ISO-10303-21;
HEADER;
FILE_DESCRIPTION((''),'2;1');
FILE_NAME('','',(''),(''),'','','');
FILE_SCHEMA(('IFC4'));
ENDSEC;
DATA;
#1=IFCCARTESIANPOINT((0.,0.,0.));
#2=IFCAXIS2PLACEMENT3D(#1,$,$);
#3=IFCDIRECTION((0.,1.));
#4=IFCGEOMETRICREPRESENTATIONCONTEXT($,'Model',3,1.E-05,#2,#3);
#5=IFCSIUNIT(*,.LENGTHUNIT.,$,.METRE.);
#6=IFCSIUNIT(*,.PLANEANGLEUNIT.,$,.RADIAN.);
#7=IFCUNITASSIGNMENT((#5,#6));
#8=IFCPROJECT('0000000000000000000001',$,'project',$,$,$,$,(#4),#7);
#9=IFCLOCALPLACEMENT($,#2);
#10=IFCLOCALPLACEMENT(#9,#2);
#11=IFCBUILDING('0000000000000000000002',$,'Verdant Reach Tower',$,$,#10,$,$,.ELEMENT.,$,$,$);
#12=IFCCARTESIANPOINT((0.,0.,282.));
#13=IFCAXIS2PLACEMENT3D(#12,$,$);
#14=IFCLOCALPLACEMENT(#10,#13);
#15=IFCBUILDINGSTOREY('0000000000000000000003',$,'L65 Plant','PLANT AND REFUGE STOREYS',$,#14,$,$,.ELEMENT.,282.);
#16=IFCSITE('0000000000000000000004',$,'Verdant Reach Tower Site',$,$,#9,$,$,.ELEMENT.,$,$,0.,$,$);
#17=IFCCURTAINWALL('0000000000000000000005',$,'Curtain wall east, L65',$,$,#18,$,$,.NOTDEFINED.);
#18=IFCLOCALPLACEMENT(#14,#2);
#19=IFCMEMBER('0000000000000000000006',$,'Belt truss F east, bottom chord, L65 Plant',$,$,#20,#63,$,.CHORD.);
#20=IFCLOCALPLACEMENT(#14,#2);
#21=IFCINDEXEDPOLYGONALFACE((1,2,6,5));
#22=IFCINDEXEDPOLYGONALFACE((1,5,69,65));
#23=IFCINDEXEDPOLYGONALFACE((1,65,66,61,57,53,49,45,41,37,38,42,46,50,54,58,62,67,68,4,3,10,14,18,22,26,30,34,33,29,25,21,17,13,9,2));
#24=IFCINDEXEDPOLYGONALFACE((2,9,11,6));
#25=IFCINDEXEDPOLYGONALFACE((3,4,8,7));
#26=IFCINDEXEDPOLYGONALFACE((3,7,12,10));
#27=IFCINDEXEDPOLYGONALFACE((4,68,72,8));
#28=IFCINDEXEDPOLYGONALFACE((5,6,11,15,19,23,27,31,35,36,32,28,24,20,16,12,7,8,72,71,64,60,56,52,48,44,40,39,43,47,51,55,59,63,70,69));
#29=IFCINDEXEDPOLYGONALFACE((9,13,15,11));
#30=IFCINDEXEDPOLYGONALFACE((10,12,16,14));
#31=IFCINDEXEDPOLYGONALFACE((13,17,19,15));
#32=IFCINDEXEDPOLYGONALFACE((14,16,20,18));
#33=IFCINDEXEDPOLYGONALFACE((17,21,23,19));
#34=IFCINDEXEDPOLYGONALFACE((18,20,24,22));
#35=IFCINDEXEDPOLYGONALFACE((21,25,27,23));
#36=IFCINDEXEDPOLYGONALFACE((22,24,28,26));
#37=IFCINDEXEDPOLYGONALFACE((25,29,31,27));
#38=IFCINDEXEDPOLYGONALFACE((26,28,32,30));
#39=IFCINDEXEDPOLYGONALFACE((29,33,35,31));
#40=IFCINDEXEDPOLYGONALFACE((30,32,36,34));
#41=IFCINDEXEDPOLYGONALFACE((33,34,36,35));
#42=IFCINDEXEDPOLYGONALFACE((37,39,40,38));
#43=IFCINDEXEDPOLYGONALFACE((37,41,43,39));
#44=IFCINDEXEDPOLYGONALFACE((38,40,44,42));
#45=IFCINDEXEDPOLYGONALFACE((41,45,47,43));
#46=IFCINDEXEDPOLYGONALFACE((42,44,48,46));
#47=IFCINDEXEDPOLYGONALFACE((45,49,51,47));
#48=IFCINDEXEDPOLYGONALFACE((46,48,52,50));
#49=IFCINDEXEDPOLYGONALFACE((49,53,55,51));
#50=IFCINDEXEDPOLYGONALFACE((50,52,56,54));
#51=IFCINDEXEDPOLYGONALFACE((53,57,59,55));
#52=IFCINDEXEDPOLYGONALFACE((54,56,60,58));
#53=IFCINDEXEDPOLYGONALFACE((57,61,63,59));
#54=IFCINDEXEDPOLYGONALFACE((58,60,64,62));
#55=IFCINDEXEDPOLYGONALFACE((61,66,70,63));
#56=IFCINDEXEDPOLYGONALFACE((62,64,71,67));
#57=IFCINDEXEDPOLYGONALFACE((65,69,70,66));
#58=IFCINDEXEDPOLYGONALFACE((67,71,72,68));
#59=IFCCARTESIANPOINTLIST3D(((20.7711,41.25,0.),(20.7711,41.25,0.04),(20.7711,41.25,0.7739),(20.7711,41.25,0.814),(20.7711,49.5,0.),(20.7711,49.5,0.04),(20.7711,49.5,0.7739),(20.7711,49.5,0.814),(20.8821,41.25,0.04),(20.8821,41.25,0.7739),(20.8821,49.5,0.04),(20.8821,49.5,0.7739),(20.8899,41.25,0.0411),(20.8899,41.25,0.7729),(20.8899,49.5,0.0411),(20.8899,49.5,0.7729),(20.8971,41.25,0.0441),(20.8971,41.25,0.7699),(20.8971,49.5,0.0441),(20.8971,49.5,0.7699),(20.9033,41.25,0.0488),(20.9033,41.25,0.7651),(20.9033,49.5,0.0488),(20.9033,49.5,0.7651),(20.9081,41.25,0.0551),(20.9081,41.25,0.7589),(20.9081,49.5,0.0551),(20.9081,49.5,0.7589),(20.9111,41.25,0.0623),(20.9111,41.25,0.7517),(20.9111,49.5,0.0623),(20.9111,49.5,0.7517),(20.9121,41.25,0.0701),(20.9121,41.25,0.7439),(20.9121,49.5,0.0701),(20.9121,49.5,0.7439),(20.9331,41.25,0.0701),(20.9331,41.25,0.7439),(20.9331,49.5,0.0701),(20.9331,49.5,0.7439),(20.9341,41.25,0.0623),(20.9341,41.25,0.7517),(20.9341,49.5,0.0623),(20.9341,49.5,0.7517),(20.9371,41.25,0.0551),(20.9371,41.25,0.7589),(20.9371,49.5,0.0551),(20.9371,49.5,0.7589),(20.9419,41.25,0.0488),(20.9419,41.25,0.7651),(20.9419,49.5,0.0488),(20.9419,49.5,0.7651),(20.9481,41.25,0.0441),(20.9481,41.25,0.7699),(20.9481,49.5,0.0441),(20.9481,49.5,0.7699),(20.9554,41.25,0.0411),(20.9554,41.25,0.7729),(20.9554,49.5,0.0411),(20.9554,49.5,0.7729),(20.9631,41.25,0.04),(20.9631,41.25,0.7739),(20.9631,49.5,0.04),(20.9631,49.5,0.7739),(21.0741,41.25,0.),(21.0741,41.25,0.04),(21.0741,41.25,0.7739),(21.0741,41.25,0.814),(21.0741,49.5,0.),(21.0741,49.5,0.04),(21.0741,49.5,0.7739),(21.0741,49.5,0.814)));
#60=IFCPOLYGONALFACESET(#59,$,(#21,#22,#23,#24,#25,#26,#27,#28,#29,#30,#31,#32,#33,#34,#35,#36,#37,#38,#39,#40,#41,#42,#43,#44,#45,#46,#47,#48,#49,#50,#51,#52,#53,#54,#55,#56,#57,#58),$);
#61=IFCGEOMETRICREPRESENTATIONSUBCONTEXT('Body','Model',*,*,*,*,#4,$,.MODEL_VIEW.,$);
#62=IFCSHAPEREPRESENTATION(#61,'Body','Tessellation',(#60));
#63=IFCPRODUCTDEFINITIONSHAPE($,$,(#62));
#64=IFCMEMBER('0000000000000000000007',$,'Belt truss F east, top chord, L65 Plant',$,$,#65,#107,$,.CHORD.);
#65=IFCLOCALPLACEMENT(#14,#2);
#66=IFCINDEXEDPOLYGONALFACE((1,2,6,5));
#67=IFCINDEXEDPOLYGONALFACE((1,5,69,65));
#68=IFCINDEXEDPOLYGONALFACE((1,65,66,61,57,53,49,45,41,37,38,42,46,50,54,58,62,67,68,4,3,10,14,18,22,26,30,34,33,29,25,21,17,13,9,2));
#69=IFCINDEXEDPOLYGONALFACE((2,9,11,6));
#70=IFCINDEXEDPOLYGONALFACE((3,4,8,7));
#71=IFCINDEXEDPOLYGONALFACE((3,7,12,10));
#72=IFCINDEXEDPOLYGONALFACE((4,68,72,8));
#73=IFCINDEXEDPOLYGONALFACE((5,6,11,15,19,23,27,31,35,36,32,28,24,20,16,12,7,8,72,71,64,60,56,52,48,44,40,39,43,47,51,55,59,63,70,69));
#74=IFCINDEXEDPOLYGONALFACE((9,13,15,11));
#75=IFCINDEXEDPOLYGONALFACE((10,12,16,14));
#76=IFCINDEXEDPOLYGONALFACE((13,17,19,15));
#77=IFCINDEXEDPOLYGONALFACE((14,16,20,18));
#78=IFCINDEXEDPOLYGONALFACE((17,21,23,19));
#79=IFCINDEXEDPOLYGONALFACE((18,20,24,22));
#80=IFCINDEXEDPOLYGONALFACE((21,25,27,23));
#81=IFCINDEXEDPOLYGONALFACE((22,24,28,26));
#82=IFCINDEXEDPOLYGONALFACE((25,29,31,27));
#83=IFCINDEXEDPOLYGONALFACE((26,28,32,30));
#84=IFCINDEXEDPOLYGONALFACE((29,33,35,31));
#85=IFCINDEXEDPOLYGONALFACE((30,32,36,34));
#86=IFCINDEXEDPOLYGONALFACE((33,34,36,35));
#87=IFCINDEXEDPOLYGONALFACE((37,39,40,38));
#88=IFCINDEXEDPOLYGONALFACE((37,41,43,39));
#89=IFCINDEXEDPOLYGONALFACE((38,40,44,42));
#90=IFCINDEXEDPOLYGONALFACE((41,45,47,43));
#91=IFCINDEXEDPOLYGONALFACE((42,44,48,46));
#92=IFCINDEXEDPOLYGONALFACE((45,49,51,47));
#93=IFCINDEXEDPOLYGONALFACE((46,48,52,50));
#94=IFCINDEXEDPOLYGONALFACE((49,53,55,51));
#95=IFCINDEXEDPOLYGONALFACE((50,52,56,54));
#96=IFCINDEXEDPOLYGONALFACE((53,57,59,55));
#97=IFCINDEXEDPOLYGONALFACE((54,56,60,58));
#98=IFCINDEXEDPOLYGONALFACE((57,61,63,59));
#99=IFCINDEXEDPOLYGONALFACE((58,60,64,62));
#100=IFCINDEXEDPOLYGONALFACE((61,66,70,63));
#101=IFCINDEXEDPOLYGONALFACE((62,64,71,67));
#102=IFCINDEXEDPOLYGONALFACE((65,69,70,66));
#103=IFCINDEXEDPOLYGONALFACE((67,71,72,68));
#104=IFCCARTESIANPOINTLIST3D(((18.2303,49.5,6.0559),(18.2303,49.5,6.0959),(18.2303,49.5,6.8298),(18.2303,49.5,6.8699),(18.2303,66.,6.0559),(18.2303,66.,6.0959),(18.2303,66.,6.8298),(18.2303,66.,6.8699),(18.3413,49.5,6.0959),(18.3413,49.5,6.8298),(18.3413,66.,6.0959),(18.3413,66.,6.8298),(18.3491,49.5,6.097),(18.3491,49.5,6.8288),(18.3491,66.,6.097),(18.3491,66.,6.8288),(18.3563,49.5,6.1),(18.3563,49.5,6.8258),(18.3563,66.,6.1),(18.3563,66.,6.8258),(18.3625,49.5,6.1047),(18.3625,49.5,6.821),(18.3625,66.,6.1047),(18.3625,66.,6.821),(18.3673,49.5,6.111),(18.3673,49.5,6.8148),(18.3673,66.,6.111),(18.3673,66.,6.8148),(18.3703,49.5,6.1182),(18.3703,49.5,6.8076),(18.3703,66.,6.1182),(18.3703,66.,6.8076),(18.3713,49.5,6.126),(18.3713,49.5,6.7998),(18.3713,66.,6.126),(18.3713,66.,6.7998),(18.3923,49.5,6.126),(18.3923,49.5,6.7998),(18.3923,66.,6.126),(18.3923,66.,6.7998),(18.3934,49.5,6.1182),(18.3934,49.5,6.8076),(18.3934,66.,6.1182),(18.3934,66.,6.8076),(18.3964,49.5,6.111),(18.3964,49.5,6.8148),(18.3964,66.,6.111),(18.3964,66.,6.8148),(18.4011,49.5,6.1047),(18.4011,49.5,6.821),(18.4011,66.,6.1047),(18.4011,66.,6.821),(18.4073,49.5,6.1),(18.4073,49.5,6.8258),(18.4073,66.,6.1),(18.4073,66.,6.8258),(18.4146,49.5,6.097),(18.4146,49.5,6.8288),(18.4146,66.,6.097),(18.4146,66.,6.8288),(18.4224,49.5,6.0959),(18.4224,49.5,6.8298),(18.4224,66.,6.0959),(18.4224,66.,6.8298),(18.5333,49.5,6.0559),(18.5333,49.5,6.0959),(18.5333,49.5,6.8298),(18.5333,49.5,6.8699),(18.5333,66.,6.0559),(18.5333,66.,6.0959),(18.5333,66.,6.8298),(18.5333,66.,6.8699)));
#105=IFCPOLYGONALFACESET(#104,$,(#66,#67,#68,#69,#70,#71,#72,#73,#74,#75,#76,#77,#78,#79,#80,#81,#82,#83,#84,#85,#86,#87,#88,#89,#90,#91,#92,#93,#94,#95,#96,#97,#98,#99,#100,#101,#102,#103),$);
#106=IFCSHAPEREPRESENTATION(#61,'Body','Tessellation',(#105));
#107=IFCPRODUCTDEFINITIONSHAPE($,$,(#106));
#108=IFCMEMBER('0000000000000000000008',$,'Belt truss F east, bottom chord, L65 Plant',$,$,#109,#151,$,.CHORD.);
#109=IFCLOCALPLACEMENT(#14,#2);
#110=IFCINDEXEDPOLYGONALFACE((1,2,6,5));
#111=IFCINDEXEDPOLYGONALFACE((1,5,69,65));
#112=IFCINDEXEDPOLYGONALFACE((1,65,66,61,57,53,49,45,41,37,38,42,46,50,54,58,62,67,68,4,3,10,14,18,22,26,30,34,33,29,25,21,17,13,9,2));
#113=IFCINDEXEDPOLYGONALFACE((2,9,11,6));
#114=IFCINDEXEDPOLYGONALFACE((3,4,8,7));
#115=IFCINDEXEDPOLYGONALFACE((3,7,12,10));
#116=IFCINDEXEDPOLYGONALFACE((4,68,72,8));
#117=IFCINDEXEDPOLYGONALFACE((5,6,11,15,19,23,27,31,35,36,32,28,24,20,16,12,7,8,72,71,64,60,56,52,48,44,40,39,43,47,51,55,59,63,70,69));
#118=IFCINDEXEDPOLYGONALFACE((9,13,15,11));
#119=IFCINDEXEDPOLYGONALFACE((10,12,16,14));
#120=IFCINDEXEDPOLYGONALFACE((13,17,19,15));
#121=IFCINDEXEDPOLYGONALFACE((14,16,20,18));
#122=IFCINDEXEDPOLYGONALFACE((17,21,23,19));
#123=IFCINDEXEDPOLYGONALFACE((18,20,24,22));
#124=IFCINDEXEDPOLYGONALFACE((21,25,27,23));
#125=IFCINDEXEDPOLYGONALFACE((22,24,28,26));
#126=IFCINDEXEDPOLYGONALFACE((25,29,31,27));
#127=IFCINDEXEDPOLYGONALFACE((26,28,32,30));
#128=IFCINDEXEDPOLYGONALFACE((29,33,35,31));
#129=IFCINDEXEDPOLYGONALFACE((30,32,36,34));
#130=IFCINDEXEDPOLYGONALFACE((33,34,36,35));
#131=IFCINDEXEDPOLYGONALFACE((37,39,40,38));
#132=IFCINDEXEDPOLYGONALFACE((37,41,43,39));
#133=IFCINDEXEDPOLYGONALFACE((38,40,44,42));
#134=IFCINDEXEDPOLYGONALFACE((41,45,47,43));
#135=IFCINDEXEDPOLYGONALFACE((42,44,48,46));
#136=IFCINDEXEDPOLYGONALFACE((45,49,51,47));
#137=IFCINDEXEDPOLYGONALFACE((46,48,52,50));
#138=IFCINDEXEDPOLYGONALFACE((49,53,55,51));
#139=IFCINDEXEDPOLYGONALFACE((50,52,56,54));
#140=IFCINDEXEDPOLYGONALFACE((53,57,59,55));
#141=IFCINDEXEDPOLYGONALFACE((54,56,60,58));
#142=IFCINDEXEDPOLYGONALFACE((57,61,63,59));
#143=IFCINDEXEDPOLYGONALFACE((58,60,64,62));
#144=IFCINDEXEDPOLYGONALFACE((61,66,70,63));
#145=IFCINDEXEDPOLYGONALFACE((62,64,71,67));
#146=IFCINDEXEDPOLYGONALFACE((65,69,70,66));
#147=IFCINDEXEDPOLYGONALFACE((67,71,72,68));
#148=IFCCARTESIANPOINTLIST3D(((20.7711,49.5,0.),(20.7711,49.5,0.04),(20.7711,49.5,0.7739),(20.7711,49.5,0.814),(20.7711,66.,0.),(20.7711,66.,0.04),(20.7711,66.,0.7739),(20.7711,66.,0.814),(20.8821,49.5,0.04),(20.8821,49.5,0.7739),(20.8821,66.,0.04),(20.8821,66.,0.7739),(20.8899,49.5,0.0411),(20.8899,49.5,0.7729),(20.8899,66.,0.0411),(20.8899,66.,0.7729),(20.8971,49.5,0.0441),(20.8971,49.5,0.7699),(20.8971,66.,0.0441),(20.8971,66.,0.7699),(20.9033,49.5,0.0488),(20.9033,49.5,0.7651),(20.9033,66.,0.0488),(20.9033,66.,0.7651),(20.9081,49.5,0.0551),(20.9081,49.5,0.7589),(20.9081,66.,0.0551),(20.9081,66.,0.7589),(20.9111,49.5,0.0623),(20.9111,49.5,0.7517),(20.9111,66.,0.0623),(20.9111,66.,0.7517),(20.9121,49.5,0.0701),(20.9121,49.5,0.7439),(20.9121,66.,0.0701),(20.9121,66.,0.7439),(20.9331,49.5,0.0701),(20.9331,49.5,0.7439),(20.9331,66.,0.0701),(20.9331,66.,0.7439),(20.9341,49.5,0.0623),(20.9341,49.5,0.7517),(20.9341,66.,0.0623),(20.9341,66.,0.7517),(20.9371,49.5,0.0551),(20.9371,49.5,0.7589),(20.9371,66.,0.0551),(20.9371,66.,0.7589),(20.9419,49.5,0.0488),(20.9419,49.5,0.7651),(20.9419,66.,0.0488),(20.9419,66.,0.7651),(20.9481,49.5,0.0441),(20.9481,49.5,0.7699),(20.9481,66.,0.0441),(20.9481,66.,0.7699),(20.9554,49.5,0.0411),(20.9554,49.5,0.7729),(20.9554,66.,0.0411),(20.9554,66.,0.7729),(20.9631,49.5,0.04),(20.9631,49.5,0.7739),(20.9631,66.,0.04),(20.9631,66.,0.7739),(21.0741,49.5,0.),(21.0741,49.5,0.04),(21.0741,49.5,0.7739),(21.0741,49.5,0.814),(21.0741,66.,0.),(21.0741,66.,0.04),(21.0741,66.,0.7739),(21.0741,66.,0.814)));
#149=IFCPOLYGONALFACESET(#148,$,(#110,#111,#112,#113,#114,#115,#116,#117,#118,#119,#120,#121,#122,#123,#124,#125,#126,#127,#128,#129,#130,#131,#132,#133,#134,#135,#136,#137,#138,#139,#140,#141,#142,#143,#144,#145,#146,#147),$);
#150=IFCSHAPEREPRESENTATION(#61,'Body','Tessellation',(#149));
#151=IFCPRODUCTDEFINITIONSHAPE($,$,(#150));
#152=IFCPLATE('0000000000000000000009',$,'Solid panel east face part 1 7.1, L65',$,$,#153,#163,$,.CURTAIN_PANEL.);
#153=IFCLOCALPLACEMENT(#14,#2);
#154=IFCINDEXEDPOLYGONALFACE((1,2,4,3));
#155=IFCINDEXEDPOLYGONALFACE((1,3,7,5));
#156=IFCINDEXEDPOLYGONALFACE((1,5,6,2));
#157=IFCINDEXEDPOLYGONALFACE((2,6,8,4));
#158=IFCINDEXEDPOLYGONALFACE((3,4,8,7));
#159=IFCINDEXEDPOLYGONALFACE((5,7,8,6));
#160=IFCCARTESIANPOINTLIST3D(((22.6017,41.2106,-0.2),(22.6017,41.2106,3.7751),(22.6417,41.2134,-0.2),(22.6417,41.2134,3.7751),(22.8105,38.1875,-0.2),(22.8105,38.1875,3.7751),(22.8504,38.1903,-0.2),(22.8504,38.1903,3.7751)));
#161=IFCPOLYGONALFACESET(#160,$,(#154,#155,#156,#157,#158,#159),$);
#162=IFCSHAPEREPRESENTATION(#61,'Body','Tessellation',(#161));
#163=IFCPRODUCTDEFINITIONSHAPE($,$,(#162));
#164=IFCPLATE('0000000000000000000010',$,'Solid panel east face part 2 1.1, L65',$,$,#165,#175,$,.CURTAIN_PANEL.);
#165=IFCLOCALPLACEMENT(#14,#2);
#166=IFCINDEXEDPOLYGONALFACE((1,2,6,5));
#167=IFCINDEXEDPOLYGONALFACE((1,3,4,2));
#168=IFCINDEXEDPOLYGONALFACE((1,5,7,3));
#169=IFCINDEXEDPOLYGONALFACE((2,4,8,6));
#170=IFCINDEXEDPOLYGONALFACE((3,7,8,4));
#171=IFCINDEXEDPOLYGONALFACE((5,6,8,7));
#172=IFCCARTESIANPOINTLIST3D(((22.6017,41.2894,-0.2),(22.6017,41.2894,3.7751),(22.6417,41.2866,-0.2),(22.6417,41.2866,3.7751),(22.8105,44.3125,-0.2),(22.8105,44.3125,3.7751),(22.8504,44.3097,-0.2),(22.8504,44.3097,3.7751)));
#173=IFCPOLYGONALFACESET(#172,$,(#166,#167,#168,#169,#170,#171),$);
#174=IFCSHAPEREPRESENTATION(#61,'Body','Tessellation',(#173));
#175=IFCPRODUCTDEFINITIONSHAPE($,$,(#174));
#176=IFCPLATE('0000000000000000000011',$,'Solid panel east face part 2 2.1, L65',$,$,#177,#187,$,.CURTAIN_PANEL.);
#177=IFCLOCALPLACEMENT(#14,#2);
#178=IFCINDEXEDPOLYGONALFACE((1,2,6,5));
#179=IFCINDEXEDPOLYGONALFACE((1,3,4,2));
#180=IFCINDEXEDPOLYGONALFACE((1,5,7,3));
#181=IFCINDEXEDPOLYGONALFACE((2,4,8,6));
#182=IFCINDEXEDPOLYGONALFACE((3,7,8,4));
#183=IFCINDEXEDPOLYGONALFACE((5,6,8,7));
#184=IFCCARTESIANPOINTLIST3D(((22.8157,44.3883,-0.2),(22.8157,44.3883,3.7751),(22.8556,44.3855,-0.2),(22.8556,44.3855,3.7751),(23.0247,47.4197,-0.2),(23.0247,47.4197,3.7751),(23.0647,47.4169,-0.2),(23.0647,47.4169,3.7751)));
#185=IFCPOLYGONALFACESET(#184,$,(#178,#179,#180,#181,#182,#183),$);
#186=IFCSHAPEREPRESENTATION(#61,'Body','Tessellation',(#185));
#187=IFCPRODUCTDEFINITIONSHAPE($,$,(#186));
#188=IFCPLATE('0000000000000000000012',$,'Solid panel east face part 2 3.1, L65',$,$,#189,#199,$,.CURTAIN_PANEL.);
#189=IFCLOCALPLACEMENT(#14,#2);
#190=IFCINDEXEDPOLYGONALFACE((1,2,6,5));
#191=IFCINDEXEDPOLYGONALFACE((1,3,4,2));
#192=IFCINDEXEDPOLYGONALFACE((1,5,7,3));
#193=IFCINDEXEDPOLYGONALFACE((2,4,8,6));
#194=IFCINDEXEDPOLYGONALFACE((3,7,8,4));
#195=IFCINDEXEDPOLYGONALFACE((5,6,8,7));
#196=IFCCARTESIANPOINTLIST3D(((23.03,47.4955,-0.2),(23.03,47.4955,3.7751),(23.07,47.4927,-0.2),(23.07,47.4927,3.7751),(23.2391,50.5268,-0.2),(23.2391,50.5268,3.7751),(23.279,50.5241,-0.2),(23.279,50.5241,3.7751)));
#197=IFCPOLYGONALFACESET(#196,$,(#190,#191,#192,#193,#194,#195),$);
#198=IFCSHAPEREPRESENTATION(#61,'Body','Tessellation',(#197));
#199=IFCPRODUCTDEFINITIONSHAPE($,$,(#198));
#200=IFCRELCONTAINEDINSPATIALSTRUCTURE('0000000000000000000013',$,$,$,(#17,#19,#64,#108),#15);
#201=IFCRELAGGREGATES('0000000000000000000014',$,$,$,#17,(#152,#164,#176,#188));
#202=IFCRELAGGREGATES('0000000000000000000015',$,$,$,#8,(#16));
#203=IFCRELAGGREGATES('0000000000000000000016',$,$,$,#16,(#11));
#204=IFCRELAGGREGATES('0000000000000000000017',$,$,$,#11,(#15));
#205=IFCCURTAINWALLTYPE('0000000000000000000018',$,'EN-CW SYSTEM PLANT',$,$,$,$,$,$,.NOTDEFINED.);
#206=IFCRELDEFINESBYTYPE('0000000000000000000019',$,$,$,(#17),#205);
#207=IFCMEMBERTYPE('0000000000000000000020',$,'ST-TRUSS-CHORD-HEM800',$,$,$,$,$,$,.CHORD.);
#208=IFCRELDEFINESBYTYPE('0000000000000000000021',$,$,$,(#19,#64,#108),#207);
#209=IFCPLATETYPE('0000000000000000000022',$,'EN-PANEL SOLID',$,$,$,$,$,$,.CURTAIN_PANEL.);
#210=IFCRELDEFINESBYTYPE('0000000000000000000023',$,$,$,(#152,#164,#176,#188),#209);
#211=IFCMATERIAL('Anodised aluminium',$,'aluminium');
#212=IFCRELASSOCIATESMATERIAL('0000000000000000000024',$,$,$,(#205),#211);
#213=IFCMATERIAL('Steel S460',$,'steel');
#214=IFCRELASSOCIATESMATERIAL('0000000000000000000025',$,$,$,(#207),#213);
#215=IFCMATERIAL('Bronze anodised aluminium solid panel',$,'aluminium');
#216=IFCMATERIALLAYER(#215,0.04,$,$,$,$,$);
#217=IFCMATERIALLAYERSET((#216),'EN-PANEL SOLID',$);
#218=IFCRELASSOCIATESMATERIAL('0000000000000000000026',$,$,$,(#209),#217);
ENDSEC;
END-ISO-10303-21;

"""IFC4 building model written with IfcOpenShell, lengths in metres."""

from ifc_helpers import new_model, si_unit, direction, frame, origin, origin_2d, place, context, subcontext, project, spatial, rectangle, i_section, extrude, material, layer, layer_set, material_profile, profile_set, type_object, element, aggregate, save


model = new_model("IFC4")

# Units and contexts
model_context = context("Model", 3, precision=1e-05, world=origin(), true_north=direction((0.0, 1.0)))
body_context = subcontext(model_context, "Body", "Model", "MODEL_VIEW")
ifc_project = project(units=[si_unit("LENGTHUNIT", "METRE"), si_unit("PLANEANGLEUNIT", "RADIAN")], contexts=[model_context])

# Site, building, storey
site_placement = place(None, origin())
site = spatial("IfcSite", under=ifc_project, at=site_placement, Name="Verdant Reach Tower Site", CompositionType="ELEMENT", RefElevation=0.0)
building_placement = place(site_placement, origin())
building = spatial("IfcBuilding", under=site, at=building_placement, Name="Verdant Reach Tower", CompositionType="ELEMENT")
storey_placement = place(building_placement, frame((0.0, 0.0, 282.0)))
storey = spatial("IfcBuildingStorey", under=building, at=storey_placement, Name="L65 Plant", Description="PLANT AND REFUGE STOREYS", CompositionType="ELEMENT", Elevation=282.0)

# Shared definitions
ifc_material_1 = material(Name="Steel S460", Category="steel")

# Curtain wall
ifc_material_2 = material(Name="Anodised aluminium", Category="aluminium")
curtain_wall_type = type_object("IfcCurtainWallType", Name="EN-CW SYSTEM PLANT", PredefinedType="NOTDEFINED", material=ifc_material_2)
curtain_wall_placement = place(storey_placement, origin())
curtain_wall = element("IfcCurtainWall", 1, at=curtain_wall_placement, inside=storey, type_object=curtain_wall_type, Name="Curtain wall east, L65", PredefinedType="NOTDEFINED")

# Members
ifc_material_profile_1 = material_profile(ifc_material_1, i_section(OverallWidth=0.303, OverallDepth=0.814, WebThickness=0.021, FlangeThickness=0.04, FilletRadius=0.03, at=origin_2d()), Name="HEM 800")
ifc_profile_set_1 = profile_set([ifc_material_profile_1], Name="Steel S460")
member_type_1 = type_object("IfcMemberType", Name="ST-TRUSS-CHORD-HEM800", PredefinedType="CHORD", material=ifc_profile_set_1)
for number, where, z_axis, x_axis, name in (
    (2, (20.9226, 41.25, 0.407), (0.0, 1.0, 0.0), (-1.0, 0.0, 0.0), "Belt truss F east, bottom chord, L65 Plant"),
):
    element("IfcMember", number, at=place(storey_placement, frame(where, z_axis=z_axis, x_axis=x_axis)), inside=storey, type_object=member_type_1, Name=name, PredefinedType="CHORD", context=body_context, shape_type="SweptSolid", body=[
        extrude(i_section(OverallWidth=0.303, OverallDepth=0.814, WebThickness=0.021, FlangeThickness=0.04, FilletRadius=0.03, at=origin_2d()), origin(), (0.0, 0.0, 1.0), 8.25),
    ])
for number, where, z_axis, x_axis, name in (
    (3, (18.3818, 49.5, 6.4629), (0.0, 1.0, 0.0), (-1.0, 0.0, 0.0), "Belt truss F east, top chord, L65 Plant"),
    (4, (20.9226, 49.5, 0.407), (0.0, 1.0, 0.0), (-1.0, 0.0, 0.0), "Belt truss F east, bottom chord, L65 Plant"),
):
    element("IfcMember", number, at=place(storey_placement, frame(where, z_axis=z_axis, x_axis=x_axis)), inside=storey, type_object=member_type_1, Name=name, PredefinedType="CHORD", context=body_context, shape_type="SweptSolid", body=[
        extrude(i_section(OverallWidth=0.303, OverallDepth=0.814, WebThickness=0.021, FlangeThickness=0.04, FilletRadius=0.03, at=origin_2d()), origin(), (0.0, 0.0, 1.0), 16.5),
    ])

# Plates
ifc_material_3 = material(Name="Bronze anodised aluminium solid panel", Category="aluminium")
ifc_layer_1 = layer(ifc_material_3, 0.04)
ifc_layer_set_1 = layer_set([ifc_layer_1], Name="EN-PANEL SOLID")
plate_type_1 = type_object("IfcPlateType", Name="EN-PANEL SOLID", PredefinedType="CURTAIN_PANEL", material=ifc_layer_set_1)
plate_1_placement = place(storey_placement, frame((22.7261, 39.7004, -0.2), z_axis=(0.0, 0.0, 1.0), x_axis=(-0.068893, 0.997624, 0.0)))
plate_1 = element("IfcPlate", 5, at=plate_1_placement, type_object=plate_type_1, Name="Solid panel east face part 1 7.1, L65", PredefinedType="CURTAIN_PANEL", context=body_context, shape_type="SweptSolid", body=[
    extrude(rectangle(XDim=3.0303, YDim=0.04, at=origin_2d()), origin(), (0.0, 0.0, 1.0), 3.9751),
])
plate_2_placement = place(storey_placement, frame((22.7261, 42.7996, -0.2), z_axis=(0.0, 0.0, 1.0), x_axis=(0.068893, 0.997624, 0.0)))
plate_2 = element("IfcPlate", 6, at=plate_2_placement, type_object=plate_type_1, Name="Solid panel east face part 2 1.1, L65", PredefinedType="CURTAIN_PANEL", context=body_context, shape_type="SweptSolid", body=[
    extrude(rectangle(XDim=3.0303, YDim=0.04, at=origin_2d()), origin(), (0.0, 0.0, 1.0), 3.9751),
])
plate_3_placement = place(storey_placement, frame((22.9402, 45.9026, -0.2), z_axis=(0.0, 0.0, 1.0), x_axis=(0.068802, 0.99763, 0.0)))
plate_3 = element("IfcPlate", 7, at=plate_3_placement, type_object=plate_type_1, Name="Solid panel east face part 2 2.1, L65", PredefinedType="CURTAIN_PANEL", context=body_context, shape_type="SweptSolid", body=[
    extrude(rectangle(XDim=3.0386, YDim=0.04, at=origin_2d()), origin(), (0.0, 0.0, 1.0), 3.9751),
])
plate_4_placement = place(storey_placement, frame((23.1545, 49.0098, -0.2), z_axis=(0.0, 0.0, 1.0), x_axis=(0.068802, 0.99763, 0.0)))
plate_4 = element("IfcPlate", 8, at=plate_4_placement, type_object=plate_type_1, Name="Solid panel east face part 2 3.1, L65", PredefinedType="CURTAIN_PANEL", context=body_context, shape_type="SweptSolid", body=[
    extrude(rectangle(XDim=3.0386, YDim=0.04, at=origin_2d()), origin(), (0.0, 0.0, 1.0), 3.9751),
])

aggregate(curtain_wall, [plate_1, plate_2, plate_3, plate_4])

save(model, "model.ifc")
